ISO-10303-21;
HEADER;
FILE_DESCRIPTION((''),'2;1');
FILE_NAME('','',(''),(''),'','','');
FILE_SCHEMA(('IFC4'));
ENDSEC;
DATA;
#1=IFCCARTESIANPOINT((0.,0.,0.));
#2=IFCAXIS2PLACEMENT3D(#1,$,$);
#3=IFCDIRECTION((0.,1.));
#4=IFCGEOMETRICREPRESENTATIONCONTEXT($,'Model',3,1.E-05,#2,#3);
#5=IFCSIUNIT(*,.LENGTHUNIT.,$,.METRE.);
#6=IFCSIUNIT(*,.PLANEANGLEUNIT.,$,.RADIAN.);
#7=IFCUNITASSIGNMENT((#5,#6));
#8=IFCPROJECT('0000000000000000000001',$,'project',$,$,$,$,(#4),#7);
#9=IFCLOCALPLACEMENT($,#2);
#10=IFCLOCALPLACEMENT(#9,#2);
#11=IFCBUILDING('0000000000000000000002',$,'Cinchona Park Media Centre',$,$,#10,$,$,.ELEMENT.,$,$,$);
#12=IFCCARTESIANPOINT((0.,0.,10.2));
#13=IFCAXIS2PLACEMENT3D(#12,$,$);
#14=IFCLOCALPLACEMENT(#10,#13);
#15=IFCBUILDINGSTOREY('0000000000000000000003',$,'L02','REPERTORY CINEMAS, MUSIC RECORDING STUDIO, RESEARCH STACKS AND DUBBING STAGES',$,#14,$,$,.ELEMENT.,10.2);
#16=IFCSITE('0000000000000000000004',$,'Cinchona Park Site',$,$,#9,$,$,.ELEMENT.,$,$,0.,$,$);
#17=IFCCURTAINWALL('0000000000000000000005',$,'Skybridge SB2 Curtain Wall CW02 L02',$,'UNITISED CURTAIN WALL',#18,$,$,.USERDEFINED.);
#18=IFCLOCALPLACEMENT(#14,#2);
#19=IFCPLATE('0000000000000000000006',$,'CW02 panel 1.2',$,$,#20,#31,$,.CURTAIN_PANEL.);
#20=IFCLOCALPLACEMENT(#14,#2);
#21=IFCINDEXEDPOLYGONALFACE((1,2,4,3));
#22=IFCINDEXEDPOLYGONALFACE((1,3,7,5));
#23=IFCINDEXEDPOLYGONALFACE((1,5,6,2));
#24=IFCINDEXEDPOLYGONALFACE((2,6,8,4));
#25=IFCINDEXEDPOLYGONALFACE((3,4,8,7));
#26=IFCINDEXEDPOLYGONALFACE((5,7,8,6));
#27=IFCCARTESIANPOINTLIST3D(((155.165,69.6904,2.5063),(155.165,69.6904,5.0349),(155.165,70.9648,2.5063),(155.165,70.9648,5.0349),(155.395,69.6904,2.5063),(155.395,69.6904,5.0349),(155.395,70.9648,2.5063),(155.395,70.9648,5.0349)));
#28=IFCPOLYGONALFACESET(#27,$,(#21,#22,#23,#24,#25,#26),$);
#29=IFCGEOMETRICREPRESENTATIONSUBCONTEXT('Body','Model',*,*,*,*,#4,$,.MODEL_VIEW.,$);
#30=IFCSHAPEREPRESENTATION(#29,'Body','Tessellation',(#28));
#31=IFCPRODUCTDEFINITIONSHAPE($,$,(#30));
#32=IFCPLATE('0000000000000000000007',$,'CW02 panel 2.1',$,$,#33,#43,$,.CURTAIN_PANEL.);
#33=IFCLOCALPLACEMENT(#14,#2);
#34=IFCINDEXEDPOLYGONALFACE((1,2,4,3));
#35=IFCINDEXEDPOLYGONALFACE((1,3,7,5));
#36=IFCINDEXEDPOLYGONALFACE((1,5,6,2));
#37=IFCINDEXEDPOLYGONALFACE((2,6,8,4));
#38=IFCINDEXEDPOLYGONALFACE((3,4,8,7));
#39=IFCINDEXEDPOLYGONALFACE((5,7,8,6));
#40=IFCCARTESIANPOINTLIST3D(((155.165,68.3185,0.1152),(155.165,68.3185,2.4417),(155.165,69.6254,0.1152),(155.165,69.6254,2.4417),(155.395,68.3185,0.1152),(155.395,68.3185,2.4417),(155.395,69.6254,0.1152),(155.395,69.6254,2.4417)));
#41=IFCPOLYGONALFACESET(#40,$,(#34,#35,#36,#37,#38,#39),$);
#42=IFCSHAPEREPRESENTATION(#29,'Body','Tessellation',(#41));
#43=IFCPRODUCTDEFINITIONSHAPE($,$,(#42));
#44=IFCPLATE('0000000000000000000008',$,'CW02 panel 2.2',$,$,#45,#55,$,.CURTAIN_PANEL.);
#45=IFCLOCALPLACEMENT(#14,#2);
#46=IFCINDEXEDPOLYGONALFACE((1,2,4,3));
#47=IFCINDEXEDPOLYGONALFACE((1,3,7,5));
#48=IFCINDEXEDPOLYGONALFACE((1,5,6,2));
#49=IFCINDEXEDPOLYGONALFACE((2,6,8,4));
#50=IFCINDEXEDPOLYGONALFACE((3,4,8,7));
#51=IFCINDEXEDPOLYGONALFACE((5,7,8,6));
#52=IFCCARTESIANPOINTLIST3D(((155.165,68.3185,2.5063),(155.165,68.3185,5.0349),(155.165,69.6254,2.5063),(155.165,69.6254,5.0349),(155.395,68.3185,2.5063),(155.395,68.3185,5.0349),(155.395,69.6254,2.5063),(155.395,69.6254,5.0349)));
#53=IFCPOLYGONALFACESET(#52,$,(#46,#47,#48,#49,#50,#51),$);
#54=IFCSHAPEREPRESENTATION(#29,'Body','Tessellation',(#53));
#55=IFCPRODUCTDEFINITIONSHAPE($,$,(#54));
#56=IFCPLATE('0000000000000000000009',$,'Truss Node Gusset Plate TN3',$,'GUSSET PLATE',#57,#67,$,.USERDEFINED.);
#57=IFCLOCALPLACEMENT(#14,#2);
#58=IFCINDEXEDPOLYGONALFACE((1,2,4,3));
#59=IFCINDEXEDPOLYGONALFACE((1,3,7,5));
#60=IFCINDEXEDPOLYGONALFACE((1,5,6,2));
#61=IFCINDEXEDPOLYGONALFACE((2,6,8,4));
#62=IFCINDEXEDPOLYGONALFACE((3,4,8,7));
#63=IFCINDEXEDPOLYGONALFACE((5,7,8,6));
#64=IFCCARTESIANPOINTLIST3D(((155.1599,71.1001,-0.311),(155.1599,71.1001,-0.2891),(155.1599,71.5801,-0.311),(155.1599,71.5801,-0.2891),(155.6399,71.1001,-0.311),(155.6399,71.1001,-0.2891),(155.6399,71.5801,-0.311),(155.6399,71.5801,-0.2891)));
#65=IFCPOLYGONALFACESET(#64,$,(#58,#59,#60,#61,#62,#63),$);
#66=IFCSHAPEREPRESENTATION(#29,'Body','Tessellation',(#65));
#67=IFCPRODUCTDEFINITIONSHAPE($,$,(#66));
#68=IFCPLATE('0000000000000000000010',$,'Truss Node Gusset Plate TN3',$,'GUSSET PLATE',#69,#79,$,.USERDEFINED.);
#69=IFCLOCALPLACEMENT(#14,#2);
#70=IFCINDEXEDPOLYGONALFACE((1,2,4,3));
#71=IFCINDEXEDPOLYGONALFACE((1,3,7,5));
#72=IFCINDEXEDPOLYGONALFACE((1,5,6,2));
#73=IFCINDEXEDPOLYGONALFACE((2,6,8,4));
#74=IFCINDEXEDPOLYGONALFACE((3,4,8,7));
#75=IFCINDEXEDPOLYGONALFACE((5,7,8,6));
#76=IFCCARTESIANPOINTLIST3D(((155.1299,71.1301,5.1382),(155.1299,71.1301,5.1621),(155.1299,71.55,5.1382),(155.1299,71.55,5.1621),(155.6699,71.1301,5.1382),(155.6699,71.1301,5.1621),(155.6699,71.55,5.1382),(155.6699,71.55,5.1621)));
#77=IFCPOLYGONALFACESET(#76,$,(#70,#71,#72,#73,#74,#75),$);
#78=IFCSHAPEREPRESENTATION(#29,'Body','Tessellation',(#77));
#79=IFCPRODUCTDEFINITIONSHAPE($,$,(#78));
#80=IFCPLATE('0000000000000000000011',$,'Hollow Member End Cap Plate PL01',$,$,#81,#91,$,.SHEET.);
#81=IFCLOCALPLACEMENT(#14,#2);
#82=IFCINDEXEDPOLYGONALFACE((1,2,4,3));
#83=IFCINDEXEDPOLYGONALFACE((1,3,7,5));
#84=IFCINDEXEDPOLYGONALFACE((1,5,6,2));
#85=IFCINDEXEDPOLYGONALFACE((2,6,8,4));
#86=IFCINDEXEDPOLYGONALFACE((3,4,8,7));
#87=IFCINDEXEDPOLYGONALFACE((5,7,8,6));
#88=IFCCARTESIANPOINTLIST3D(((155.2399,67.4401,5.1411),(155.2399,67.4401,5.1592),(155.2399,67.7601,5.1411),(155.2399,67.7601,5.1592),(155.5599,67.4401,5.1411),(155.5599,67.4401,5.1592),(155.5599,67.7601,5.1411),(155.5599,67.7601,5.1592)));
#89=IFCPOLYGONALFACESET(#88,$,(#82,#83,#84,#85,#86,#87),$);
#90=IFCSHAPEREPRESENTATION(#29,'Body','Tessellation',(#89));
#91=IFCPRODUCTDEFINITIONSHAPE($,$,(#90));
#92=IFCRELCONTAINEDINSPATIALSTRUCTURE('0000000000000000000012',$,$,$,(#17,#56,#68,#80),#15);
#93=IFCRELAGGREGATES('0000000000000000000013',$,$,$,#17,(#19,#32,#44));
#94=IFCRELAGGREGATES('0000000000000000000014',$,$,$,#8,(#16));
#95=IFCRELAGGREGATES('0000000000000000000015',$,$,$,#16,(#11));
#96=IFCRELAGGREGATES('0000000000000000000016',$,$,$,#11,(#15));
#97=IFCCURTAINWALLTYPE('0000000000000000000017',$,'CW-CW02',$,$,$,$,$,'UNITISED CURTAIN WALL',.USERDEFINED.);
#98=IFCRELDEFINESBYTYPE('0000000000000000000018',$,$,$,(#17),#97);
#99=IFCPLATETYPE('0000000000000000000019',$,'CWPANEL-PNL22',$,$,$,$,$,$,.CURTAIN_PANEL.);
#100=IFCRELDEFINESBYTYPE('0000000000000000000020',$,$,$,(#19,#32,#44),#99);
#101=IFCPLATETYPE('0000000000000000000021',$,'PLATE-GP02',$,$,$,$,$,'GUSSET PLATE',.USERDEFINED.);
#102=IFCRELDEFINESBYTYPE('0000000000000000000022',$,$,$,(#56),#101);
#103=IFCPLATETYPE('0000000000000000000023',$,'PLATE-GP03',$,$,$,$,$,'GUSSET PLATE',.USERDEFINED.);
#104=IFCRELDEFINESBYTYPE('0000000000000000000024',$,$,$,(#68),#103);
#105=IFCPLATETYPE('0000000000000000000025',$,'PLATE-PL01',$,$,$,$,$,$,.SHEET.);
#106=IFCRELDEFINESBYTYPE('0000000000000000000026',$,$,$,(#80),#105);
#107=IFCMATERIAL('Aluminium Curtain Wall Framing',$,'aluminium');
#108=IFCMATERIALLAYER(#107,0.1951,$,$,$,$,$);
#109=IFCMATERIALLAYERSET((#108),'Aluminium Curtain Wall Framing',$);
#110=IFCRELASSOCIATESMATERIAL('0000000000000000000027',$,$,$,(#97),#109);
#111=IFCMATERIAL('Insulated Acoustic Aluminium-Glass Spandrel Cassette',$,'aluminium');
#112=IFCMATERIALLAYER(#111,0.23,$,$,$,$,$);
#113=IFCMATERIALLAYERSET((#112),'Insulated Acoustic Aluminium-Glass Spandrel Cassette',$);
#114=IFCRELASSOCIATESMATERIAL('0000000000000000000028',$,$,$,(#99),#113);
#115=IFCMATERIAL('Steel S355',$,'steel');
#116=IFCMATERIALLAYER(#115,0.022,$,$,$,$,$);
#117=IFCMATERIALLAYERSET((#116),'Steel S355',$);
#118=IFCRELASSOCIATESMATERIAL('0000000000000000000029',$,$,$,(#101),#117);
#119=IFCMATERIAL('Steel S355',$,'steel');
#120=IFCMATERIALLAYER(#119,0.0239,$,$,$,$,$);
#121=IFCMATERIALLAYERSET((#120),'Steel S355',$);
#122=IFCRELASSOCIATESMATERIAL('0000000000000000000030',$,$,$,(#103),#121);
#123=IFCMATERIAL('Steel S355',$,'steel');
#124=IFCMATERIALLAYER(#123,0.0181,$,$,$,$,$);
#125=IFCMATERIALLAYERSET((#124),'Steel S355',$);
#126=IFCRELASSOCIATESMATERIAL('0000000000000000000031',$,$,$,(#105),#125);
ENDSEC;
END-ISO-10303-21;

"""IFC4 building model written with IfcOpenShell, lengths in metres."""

from ifc_helpers import new_model, si_unit, direction, frame, origin, origin_2d, place, context, subcontext, project, spatial, rectangle, extrude, material, layer, layer_set, type_object, element, aggregate, save


model = new_model("IFC4")

# Units and contexts
model_context = context("Model", 3, precision=1e-05, world=origin(), true_north=direction((0.0, 1.0)))
body_context = subcontext(model_context, "Body", "Model", "MODEL_VIEW")
ifc_project = project(units=[si_unit("LENGTHUNIT", "METRE"), si_unit("PLANEANGLEUNIT", "RADIAN")], contexts=[model_context])

# Site, building, storey
site_placement = place(None, origin())
site = spatial("IfcSite", under=ifc_project, at=site_placement, Name="Cinchona Park Site", CompositionType="ELEMENT", RefElevation=0.0)
building_placement = place(site_placement, origin())
building = spatial("IfcBuilding", under=site, at=building_placement, Name="Cinchona Park Media Centre", CompositionType="ELEMENT")
storey_placement = place(building_placement, frame((0.0, 0.0, 10.2)))
storey = spatial("IfcBuildingStorey", under=building, at=storey_placement, Name="L02", Description="REPERTORY CINEMAS, MUSIC RECORDING STUDIO, RESEARCH STACKS AND DUBBING STAGES", CompositionType="ELEMENT", Elevation=10.2)

# Curtain wall, plates
ifc_material_1 = material(Name="Aluminium Curtain Wall Framing", Category="aluminium")
ifc_layer_1 = layer(ifc_material_1, 0.1951)
ifc_layer_set_1 = layer_set([ifc_layer_1], Name="Aluminium Curtain Wall Framing")
curtain_wall_type = type_object("IfcCurtainWallType", Name="CW-CW02", ElementType="UNITISED CURTAIN WALL", PredefinedType="USERDEFINED", material=ifc_layer_set_1)
curtain_wall_placement = place(storey_placement, origin())
curtain_wall = element("IfcCurtainWall", 1, at=curtain_wall_placement, inside=storey, type_object=curtain_wall_type, Name="Skybridge SB2 Curtain Wall CW02 L02", ObjectType="UNITISED CURTAIN WALL", PredefinedType="USERDEFINED")
ifc_material_2 = material(Name="Insulated Acoustic Aluminium-Glass Spandrel Cassette", Category="aluminium")
ifc_layer_2 = layer(ifc_material_2, 0.23)
ifc_layer_set_2 = layer_set([ifc_layer_2], Name="Insulated Acoustic Aluminium-Glass Spandrel Cassette")
plate_type_1 = type_object("IfcPlateType", Name="CWPANEL-PNL22", PredefinedType="CURTAIN_PANEL", material=ifc_layer_set_2)
plate_1_placement = place(storey_placement, frame((155.28, 70.3276, 2.5063), z_axis=(0.0, 0.0, 1.0), x_axis=(0.0, -1.0, 0.0)))
plate_1 = element("IfcPlate", 2, at=plate_1_placement, type_object=plate_type_1, Name="CW02 panel 1.2", PredefinedType="CURTAIN_PANEL", context=body_context, shape_type="SweptSolid", body=[
    extrude(rectangle(XDim=1.2744, YDim=0.23, at=origin_2d()), origin(), (0.0, 0.0, 1.0), 2.5286),
])
plate_2_placement = place(storey_placement, frame((155.28, 68.9719, 0.1152), z_axis=(0.0, 0.0, 1.0), x_axis=(0.0, -1.0, 0.0)))
plate_2 = element("IfcPlate", 3, at=plate_2_placement, type_object=plate_type_1, Name="CW02 panel 2.1", PredefinedType="CURTAIN_PANEL", context=body_context, shape_type="SweptSolid", body=[
    extrude(rectangle(XDim=1.3069, YDim=0.23, at=origin_2d()), origin(), (0.0, 0.0, 1.0), 2.3264),
])
plate_3_placement = place(storey_placement, frame((155.28, 68.9719, 2.5063), z_axis=(0.0, 0.0, 1.0), x_axis=(0.0, -1.0, 0.0)))
plate_3 = element("IfcPlate", 4, at=plate_3_placement, type_object=plate_type_1, Name="CW02 panel 2.2", PredefinedType="CURTAIN_PANEL", context=body_context, shape_type="SweptSolid", body=[
    extrude(rectangle(XDim=1.3069, YDim=0.23, at=origin_2d()), origin(), (0.0, 0.0, 1.0), 2.5286),
])
aggregate(curtain_wall, [plate_1, plate_2, plate_3])

# Plates
ifc_material_3 = material(Name="Steel S355", Category="steel")
ifc_layer_3 = layer(ifc_material_3, 0.022)
ifc_layer_set_3 = layer_set([ifc_layer_3], Name="Steel S355")
plate_type_2 = type_object("IfcPlateType", Name="PLATE-GP02", ElementType="GUSSET PLATE", PredefinedType="USERDEFINED", material=ifc_layer_set_3)
plate_4_placement = place(storey_placement, frame((155.3999, 71.3401, -0.311), z_axis=(0.0, 0.0, 1.0), x_axis=(1.0, 0.0, 0.0)))
element("IfcPlate", 5, at=plate_4_placement, inside=storey, type_object=plate_type_2, Name="Truss Node Gusset Plate TN3", ObjectType="GUSSET PLATE", PredefinedType="USERDEFINED", context=body_context, shape_type="SweptSolid", body=[
    extrude(rectangle(XDim=0.48, YDim=0.48, at=origin_2d()), origin(), (0.0, 0.0, 1.0), 0.022),
])
ifc_material_4 = material(Name="Steel S355", Category="steel")
ifc_layer_4 = layer(ifc_material_4, 0.0239)
ifc_layer_set_4 = layer_set([ifc_layer_4], Name="Steel S355")
plate_type_3 = type_object("IfcPlateType", Name="PLATE-GP03", ElementType="GUSSET PLATE", PredefinedType="USERDEFINED", material=ifc_layer_set_4)
plate_5_placement = place(storey_placement, frame((155.3999, 71.3401, 5.1382), z_axis=(0.0, 0.0, 1.0), x_axis=(1.0, 0.0, 0.0)))
element("IfcPlate", 6, at=plate_5_placement, inside=storey, type_object=plate_type_3, Name="Truss Node Gusset Plate TN3", ObjectType="GUSSET PLATE", PredefinedType="USERDEFINED", context=body_context, shape_type="SweptSolid", body=[
    extrude(rectangle(XDim=0.54, YDim=0.4199, at=origin_2d()), origin(), (0.0, 0.0, 1.0), 0.0239),
])
ifc_material_5 = material(Name="Steel S355", Category="steel")
ifc_layer_5 = layer(ifc_material_5, 0.0181)
ifc_layer_set_5 = layer_set([ifc_layer_5], Name="Steel S355")
plate_type_4 = type_object("IfcPlateType", Name="PLATE-PL01", PredefinedType="SHEET", material=ifc_layer_set_5)
plate_6_placement = place(storey_placement, frame((155.3999, 67.6001, 5.1411), z_axis=(0.0, 0.0, 1.0), x_axis=(1.0, 0.0, 0.0)))
element("IfcPlate", 7, at=plate_6_placement, inside=storey, type_object=plate_type_4, Name="Hollow Member End Cap Plate PL01", PredefinedType="SHEET", context=body_context, shape_type="SweptSolid", body=[
    extrude(rectangle(XDim=0.3201, YDim=0.3201, at=origin_2d()), origin(), (0.0, 0.0, 1.0), 0.0181),
])

save(model, "model.ifc")
